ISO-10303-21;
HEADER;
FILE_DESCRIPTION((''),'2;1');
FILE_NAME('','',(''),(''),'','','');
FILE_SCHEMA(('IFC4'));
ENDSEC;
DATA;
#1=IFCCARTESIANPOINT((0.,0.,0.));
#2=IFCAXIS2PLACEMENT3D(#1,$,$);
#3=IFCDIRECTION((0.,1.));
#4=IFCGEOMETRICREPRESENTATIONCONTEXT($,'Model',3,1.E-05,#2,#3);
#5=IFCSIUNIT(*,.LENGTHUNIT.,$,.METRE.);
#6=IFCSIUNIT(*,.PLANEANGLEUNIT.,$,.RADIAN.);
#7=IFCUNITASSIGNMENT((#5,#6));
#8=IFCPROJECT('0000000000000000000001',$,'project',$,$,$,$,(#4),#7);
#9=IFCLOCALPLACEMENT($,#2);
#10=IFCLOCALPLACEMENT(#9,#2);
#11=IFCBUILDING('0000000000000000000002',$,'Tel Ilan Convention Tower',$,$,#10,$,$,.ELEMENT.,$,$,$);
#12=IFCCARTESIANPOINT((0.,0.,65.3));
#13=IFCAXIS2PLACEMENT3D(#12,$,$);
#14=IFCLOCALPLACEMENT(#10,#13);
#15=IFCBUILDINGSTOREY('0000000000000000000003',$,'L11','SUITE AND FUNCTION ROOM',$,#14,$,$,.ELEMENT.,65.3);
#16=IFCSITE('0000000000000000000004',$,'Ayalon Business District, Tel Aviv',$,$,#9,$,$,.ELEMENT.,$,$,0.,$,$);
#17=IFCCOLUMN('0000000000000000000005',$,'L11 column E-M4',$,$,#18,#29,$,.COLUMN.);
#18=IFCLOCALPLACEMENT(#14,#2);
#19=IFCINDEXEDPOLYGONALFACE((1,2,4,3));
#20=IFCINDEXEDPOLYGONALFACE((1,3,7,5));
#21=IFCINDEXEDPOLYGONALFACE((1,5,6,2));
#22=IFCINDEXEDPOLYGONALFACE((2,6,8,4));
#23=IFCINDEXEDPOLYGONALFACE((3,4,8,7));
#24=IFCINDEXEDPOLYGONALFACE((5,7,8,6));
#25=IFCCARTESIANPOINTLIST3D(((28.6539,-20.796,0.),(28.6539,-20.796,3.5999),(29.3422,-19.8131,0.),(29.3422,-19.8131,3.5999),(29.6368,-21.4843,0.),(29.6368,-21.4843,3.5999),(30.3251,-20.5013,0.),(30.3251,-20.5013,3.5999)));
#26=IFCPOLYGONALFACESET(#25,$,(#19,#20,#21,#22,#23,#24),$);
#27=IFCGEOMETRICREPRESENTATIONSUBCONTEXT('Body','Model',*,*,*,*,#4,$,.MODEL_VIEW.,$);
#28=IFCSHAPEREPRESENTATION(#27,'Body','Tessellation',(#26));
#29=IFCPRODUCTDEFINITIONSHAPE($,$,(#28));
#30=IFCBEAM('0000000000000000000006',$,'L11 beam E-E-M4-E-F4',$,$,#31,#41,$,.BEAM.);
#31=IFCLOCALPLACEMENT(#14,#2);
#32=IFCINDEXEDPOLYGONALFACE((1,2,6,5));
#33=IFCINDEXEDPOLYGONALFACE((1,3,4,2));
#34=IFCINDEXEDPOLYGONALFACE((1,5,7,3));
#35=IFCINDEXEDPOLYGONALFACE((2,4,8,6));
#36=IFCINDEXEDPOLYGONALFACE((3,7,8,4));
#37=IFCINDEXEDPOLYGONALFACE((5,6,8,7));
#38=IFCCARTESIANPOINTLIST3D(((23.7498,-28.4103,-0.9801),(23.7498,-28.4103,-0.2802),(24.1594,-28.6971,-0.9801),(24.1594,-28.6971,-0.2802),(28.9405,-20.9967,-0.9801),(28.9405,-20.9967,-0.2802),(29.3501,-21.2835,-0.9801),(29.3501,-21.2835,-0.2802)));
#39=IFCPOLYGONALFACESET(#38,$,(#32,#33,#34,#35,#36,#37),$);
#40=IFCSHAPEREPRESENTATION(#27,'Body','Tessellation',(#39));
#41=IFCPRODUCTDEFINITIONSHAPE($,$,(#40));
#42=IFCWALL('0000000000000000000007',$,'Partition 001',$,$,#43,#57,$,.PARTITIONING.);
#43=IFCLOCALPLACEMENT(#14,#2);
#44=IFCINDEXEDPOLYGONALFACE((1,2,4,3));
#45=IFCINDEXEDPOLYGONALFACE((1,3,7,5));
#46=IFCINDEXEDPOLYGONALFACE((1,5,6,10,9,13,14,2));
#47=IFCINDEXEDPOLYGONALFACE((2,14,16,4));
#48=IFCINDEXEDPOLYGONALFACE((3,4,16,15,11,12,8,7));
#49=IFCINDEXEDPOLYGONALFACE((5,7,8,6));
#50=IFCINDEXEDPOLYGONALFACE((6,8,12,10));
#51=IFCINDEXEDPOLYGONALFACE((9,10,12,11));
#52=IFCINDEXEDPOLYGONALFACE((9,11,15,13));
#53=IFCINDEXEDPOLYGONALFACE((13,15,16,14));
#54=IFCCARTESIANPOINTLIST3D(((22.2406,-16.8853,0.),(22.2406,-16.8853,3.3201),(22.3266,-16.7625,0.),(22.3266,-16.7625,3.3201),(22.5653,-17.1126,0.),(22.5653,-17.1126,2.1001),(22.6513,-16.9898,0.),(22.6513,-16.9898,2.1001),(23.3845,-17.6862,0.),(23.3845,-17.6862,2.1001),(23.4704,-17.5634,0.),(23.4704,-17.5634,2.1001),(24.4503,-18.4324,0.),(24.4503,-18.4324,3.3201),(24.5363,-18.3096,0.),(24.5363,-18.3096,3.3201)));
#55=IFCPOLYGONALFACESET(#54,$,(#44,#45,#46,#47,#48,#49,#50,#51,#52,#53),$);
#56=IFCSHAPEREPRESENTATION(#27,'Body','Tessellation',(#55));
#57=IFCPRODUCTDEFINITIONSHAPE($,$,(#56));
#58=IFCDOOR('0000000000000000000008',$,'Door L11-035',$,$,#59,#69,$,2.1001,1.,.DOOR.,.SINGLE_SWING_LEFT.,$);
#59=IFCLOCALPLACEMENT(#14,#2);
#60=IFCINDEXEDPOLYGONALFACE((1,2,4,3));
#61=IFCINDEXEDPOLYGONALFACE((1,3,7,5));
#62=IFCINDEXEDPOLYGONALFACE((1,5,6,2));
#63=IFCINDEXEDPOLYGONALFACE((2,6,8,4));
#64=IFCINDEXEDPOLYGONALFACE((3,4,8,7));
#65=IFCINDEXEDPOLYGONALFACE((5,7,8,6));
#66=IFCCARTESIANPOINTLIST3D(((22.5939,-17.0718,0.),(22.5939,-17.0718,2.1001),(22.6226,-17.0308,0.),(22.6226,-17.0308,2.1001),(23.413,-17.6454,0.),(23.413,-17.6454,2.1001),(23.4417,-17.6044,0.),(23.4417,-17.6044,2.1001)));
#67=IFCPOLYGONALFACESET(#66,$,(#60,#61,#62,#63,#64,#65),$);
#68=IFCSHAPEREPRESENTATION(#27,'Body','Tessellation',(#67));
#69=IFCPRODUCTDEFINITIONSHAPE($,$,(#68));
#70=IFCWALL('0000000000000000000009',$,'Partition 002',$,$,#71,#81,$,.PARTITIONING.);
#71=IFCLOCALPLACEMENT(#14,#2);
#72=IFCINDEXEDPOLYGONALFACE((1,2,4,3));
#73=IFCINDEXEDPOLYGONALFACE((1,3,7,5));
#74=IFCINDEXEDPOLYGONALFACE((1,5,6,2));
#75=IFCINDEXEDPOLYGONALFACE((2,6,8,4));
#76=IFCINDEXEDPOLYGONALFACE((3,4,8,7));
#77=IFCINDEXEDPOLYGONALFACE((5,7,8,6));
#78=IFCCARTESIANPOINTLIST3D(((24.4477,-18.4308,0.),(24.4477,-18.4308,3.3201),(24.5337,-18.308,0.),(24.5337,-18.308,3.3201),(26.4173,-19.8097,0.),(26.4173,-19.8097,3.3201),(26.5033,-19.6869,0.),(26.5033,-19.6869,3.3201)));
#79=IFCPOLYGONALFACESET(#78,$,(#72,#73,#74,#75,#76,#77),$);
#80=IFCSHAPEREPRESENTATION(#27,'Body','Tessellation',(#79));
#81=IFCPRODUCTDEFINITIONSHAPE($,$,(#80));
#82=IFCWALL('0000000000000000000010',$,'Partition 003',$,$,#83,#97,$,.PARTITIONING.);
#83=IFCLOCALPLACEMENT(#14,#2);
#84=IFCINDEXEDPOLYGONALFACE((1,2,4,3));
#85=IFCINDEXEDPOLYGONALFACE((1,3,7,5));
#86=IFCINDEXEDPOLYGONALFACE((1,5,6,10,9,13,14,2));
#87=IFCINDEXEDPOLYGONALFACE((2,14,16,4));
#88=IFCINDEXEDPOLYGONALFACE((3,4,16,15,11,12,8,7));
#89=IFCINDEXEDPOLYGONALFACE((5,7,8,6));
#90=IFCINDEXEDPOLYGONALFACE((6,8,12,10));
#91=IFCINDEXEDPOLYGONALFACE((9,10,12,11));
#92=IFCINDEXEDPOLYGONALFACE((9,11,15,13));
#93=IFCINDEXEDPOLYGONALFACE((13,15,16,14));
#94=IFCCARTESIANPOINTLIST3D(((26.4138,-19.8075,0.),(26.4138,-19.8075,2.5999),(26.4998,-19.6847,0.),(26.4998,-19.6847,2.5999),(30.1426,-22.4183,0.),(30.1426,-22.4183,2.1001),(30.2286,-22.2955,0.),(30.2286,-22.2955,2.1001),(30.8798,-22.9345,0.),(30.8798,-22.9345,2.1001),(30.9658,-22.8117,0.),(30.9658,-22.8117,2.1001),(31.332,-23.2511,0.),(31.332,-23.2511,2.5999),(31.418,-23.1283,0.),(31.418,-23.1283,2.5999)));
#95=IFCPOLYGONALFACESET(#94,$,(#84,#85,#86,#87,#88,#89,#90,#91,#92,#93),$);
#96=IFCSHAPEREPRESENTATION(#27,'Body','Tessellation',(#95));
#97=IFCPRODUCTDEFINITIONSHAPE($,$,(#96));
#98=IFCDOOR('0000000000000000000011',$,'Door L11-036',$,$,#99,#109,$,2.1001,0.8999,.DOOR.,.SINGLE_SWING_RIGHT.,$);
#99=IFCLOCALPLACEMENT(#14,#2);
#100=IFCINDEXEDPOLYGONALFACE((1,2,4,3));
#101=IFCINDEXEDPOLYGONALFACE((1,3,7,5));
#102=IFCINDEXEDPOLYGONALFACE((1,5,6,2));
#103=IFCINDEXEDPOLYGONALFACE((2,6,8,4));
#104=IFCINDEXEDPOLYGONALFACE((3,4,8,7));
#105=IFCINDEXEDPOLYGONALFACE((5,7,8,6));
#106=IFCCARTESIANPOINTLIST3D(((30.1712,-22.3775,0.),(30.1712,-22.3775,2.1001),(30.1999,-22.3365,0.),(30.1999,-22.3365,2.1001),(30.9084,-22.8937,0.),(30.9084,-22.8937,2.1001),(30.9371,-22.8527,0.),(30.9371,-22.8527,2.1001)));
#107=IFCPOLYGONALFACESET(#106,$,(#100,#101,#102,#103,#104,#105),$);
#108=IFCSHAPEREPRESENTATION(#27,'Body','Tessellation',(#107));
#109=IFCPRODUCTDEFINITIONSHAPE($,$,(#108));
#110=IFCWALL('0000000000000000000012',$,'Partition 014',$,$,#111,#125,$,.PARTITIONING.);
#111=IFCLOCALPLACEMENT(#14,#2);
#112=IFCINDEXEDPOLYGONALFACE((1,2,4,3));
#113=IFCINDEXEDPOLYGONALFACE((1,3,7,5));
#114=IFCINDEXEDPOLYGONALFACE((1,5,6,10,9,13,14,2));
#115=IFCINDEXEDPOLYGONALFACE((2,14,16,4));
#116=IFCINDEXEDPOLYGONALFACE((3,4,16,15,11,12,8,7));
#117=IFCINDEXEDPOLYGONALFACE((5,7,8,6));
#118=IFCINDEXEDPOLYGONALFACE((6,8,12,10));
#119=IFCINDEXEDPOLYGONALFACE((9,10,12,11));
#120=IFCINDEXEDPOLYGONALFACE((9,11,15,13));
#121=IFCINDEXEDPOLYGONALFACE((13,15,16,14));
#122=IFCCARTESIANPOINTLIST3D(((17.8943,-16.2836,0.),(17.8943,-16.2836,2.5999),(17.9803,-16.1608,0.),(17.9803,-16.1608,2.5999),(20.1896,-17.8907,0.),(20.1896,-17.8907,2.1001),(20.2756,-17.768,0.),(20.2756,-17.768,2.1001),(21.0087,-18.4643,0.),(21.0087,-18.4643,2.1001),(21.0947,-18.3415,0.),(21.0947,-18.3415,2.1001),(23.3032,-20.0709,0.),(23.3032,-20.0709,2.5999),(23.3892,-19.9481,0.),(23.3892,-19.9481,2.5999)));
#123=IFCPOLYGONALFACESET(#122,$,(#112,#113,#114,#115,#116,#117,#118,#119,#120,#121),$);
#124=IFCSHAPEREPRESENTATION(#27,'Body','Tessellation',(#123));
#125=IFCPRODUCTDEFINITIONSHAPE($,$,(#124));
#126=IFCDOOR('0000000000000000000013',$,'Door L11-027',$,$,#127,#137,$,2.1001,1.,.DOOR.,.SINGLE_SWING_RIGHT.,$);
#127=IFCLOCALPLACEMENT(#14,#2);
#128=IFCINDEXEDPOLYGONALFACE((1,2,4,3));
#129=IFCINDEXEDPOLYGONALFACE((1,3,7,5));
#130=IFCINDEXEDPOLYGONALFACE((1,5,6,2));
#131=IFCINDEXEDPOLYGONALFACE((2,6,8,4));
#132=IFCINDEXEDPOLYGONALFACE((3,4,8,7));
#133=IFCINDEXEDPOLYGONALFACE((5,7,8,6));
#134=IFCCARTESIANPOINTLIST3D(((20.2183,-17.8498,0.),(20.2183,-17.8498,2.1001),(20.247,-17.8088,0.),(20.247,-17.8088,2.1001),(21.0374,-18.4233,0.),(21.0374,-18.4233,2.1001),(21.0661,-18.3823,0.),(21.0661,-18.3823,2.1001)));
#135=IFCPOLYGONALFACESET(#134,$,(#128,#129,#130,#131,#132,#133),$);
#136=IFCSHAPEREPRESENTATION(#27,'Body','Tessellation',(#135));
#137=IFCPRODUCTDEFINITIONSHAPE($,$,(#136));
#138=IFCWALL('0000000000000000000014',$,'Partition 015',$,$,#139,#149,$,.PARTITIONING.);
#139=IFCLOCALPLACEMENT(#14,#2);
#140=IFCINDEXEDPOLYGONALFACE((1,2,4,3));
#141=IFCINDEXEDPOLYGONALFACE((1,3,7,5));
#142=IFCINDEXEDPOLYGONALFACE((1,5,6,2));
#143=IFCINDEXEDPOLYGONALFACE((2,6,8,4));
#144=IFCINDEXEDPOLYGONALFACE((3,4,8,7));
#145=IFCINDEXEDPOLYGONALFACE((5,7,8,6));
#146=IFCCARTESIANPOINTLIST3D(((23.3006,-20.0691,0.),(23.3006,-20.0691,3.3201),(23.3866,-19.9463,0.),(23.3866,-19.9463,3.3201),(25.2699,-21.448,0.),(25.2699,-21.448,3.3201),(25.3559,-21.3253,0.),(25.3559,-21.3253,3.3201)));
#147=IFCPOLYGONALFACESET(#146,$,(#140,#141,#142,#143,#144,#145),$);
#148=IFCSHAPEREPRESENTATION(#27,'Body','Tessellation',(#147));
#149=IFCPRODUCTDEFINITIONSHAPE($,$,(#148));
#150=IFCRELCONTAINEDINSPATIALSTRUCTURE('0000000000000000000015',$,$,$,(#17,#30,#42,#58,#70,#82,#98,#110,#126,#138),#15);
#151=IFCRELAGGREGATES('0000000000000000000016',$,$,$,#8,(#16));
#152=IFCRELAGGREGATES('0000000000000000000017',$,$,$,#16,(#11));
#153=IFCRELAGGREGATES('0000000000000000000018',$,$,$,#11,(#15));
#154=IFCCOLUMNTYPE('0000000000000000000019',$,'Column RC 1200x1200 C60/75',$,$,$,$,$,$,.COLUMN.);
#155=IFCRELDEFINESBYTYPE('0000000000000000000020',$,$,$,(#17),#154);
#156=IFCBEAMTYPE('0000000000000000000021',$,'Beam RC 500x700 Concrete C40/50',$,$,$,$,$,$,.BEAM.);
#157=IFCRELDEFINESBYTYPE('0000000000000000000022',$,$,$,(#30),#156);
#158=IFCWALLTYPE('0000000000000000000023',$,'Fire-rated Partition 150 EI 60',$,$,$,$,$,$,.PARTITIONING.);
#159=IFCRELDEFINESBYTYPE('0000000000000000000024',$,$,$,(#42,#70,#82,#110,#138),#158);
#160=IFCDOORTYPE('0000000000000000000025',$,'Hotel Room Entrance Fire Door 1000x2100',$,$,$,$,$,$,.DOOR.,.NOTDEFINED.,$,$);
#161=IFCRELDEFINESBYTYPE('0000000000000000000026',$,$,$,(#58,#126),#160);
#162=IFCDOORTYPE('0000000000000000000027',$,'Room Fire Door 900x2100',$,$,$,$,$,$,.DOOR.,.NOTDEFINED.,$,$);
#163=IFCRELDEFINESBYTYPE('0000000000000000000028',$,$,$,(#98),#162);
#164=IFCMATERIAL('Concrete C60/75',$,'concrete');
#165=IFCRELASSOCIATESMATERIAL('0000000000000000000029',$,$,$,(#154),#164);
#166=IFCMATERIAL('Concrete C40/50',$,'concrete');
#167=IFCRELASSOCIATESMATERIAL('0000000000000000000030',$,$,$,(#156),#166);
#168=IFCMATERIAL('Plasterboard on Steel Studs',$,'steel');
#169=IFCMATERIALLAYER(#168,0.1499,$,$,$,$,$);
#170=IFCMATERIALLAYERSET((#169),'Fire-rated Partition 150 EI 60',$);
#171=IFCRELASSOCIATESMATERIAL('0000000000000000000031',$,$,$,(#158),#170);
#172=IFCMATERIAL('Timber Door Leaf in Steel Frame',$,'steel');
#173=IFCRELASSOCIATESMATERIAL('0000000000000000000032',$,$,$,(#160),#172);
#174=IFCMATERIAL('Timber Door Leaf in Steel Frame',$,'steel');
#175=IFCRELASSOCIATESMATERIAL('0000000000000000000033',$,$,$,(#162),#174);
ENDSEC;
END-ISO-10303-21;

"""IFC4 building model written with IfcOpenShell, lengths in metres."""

from ifc_helpers import new_model, si_unit, direction, frame, frame_2d, origin, origin_2d, place, context, subcontext, project, spatial, rectangle, extrude, material, layer, layer_set, material_profile, profile_set, type_object, element, fill, save


model = new_model("IFC4")

# Units and contexts
model_context = context("Model", 3, precision=1e-05, world=origin(), true_north=direction((0.0, 1.0)))
body_context = subcontext(model_context, "Body", "Model", "MODEL_VIEW")
ifc_project = project(units=[si_unit("LENGTHUNIT", "METRE"), si_unit("PLANEANGLEUNIT", "RADIAN")], contexts=[model_context])

# Site, building, storey
site_placement = place(None, origin())
site = spatial("IfcSite", under=ifc_project, at=site_placement, Name="Ayalon Business District, Tel Aviv", CompositionType="ELEMENT", RefElevation=0.0)
building_placement = place(site_placement, origin())
building = spatial("IfcBuilding", under=site, at=building_placement, Name="Tel Ilan Convention Tower", CompositionType="ELEMENT")
storey_placement = place(building_placement, frame((0.0, 0.0, 65.3)))
storey = spatial("IfcBuildingStorey", under=building, at=storey_placement, Name="L11", Description="SUITE AND FUNCTION ROOM", CompositionType="ELEMENT", Elevation=65.3)

# Column
ifc_material_1 = material(Name="Concrete C60/75", Category="concrete")
ifc_material_profile_1 = material_profile(ifc_material_1, rectangle(XDim=1.2, YDim=1.2, at=origin_2d()), Name="RC 1200x1200")
ifc_profile_set_1 = profile_set([ifc_material_profile_1], Name="Concrete C60/75")
column_type = type_object("IfcColumnType", Name="Column RC 1200x1200 C60/75", PredefinedType="COLUMN", material=ifc_profile_set_1)
column_placement = place(storey_placement, frame((29.4895, -20.6487, 0.0), z_axis=(0.0, 0.0, 1.0), x_axis=(0.819152, -0.573576, 0.0)))
element("IfcColumn", 1, at=column_placement, inside=storey, type_object=column_type, Name="L11 column E-M4", PredefinedType="COLUMN", context=body_context, shape_type="SweptSolid", body=[
    extrude(rectangle(XDim=1.2, YDim=1.2, at=origin_2d()), origin(), (0.0, 0.0, 1.0), 3.5999),
])

# Beam
ifc_material_2 = material(Name="Concrete C40/50", Category="concrete")
ifc_material_profile_2 = material_profile(ifc_material_2, rectangle(XDim=0.5, YDim=0.7, at=origin_2d()), Name="RC 500x700")
ifc_profile_set_2 = profile_set([ifc_material_profile_2], Name="Concrete C40/50")
beam_type = type_object("IfcBeamType", Name="Beam RC 500x700 Concrete C40/50", PredefinedType="BEAM", material=ifc_profile_set_2)
beam_placement = place(storey_placement, frame((29.1453, -21.1401, -0.6301), z_axis=(-0.573549, -0.819171, 0.0), x_axis=(0.819171, -0.573549, 0.0)))
element("IfcBeam", 2, at=beam_placement, inside=storey, type_object=beam_type, Name="L11 beam E-E-M4-E-F4", PredefinedType="BEAM", context=body_context, shape_type="SweptSolid", body=[
    extrude(rectangle(XDim=0.5, YDim=0.7, at=origin_2d()), origin(), (0.0, 0.0, 1.0), 9.05),
])

# Wall, opening, door
ifc_material_3 = material(Name="Plasterboard on Steel Studs", Category="steel")
ifc_layer_1 = layer(ifc_material_3, 0.1499)
ifc_layer_set_1 = layer_set([ifc_layer_1], Name="Fire-rated Partition 150 EI 60")
wall_type_1 = type_object("IfcWallType", Name="Fire-rated Partition 150 EI 60", PredefinedType="PARTITIONING", material=ifc_layer_set_1)
wall_1_placement = place(storey_placement, frame((22.2837, -16.824, 0.0), z_axis=(0.0, 0.0, 1.0), x_axis=(0.819177, -0.573541, 0.0)))
wall_1 = element("IfcWall", 3, at=wall_1_placement, inside=storey, type_object=wall_type_1, Name="Partition 001", PredefinedType="PARTITIONING", context=body_context, shape_type="SweptSolid", body=[
    extrude(rectangle(XDim=2.6975, YDim=0.1499, at=frame_2d((1.3486, 0.0))), origin(), (0.0, 0.0, 1.0), 3.3201),
])
opening_1_placement = place(wall_1_placement, frame((0.3962, 0.0, 0.0)))
opening_1 = element("IfcOpeningElement", 4, at=opening_1_placement, cuts=wall_1, PredefinedType="OPENING", context=body_context, shape_type="SweptSolid", body=[
    extrude(rectangle(XDim=1.0, YDim=2.1001, at=frame_2d((0.5, 1.05))), frame((0.0, 0.085, 0.0), z_axis=(0.0, -1.0, 0.0), x_axis=(1.0, 0.0, 0.0)), (0.0, 0.0, 1.0), 0.1699),
])
ifc_material_4 = material(Name="Timber Door Leaf in Steel Frame", Category="steel")
door_type_1 = type_object("IfcDoorType", Name="Hotel Room Entrance Fire Door 1000x2100", OperationType="NOTDEFINED", PredefinedType="DOOR", material=ifc_material_4)
door_1_placement = place(opening_1_placement, origin())
door_1 = element("IfcDoor", 5, at=door_1_placement, inside=storey, type_object=door_type_1, Name="Door L11-035", OperationType="SINGLE_SWING_LEFT", OverallHeight=2.1001, OverallWidth=1.0, PredefinedType="DOOR", context=body_context, shape_type="SweptSolid", body=[
    extrude(rectangle(XDim=1.0, YDim=2.1001, at=frame_2d((0.5, 1.05))), frame((0.0, 0.0249, 0.0), z_axis=(0.0, -1.0, 0.0), x_axis=(1.0, 0.0, 0.0)), (0.0, 0.0, 1.0), 0.05),
])
fill(opening_1, door_1)

# Wall
wall_2_placement = place(storey_placement, frame((24.4907, -18.3694, 0.0), z_axis=(0.0, 0.0, 1.0), x_axis=(0.819179, -0.573537, 0.0)))
element("IfcWall", 6, at=wall_2_placement, inside=storey, type_object=wall_type_1, Name="Partition 002", PredefinedType="PARTITIONING", context=body_context, shape_type="SweptSolid", body=[
    extrude(rectangle(XDim=2.4043, YDim=0.1499, at=frame_2d((1.2021, 0.0))), origin(), (0.0, 0.0, 1.0), 3.3201),
])

# Walls, openings, doors
wall_3_placement = place(storey_placement, frame((26.4568, -19.7461, 0.0), z_axis=(0.0, 0.0, 1.0), x_axis=(0.819165, -0.573558, 0.0)))
wall_3 = element("IfcWall", 7, at=wall_3_placement, inside=storey, type_object=wall_type_1, Name="Partition 003", PredefinedType="PARTITIONING", context=body_context, shape_type="SweptSolid", body=[
    extrude(rectangle(XDim=6.0039, YDim=0.1499, at=frame_2d((3.002, 0.0))), origin(), (0.0, 0.0, 1.0), 2.5999),
])
opening_2_placement = place(wall_3_placement, frame((4.552, 0.0, 0.0)))
opening_2 = element("IfcOpeningElement", 8, at=opening_2_placement, cuts=wall_3, PredefinedType="OPENING", context=body_context, shape_type="SweptSolid", body=[
    extrude(rectangle(XDim=0.8999, YDim=2.1001, at=frame_2d((0.45, 1.05))), frame((0.0, 0.085, 0.0), z_axis=(0.0, -1.0, 0.0), x_axis=(1.0, 0.0, 0.0)), (0.0, 0.0, 1.0), 0.1699),
])
ifc_material_5 = material(Name="Timber Door Leaf in Steel Frame", Category="steel")
door_type_2 = type_object("IfcDoorType", Name="Room Fire Door 900x2100", OperationType="NOTDEFINED", PredefinedType="DOOR", material=ifc_material_5)
door_2_placement = place(opening_2_placement, origin())
door_2 = element("IfcDoor", 9, at=door_2_placement, inside=storey, type_object=door_type_2, Name="Door L11-036", OperationType="SINGLE_SWING_RIGHT", OverallHeight=2.1001, OverallWidth=0.8999, PredefinedType="DOOR", context=body_context, shape_type="SweptSolid", body=[
    extrude(rectangle(XDim=0.8999, YDim=2.1001, at=frame_2d((0.45, 1.05))), frame((0.0, 0.0249, 0.0), z_axis=(0.0, -1.0, 0.0), x_axis=(1.0, 0.0, 0.0)), (0.0, 0.0, 1.0), 0.05),
])
fill(opening_2, door_2)
wall_4_placement = place(storey_placement, frame((23.3462, -20.0095, 0.0), z_axis=(0.0, 0.0, 1.0), x_axis=(-0.819154, 0.573574, 0.0)))
wall_4 = element("IfcWall", 10, at=wall_4_placement, inside=storey, type_object=wall_type_1, Name="Partition 014", PredefinedType="PARTITIONING", context=body_context, shape_type="SweptSolid", body=[
    extrude(rectangle(XDim=6.603, YDim=0.1499, at=frame_2d((3.3015, 0.0))), origin(), (0.0, 0.0, 1.0), 2.5999),
])
opening_3_placement = place(wall_4_placement, frame((2.801, 0.0, 0.0)))
opening_3 = element("IfcOpeningElement", 11, at=opening_3_placement, cuts=wall_4, PredefinedType="OPENING", context=body_context, shape_type="SweptSolid", body=[
    extrude(rectangle(XDim=1.0, YDim=2.1001, at=frame_2d((0.5, 1.05))), frame((0.0, 0.085, 0.0), z_axis=(0.0, -1.0, 0.0), x_axis=(1.0, 0.0, 0.0)), (0.0, 0.0, 1.0), 0.1699),
])
door_3_placement = place(opening_3_placement, origin())
door_3 = element("IfcDoor", 12, at=door_3_placement, inside=storey, type_object=door_type_1, Name="Door L11-027", OperationType="SINGLE_SWING_RIGHT", OverallHeight=2.1001, OverallWidth=1.0, PredefinedType="DOOR", context=body_context, shape_type="SweptSolid", body=[
    extrude(rectangle(XDim=1.0, YDim=2.1001, at=frame_2d((0.5, 1.05))), frame((0.0, 0.0249, 0.0), z_axis=(0.0, -1.0, 0.0), x_axis=(1.0, 0.0, 0.0)), (0.0, 0.0, 1.0), 0.05),
])
fill(opening_3, door_3)

# Wall
wall_5_placement = place(storey_placement, frame((25.313, -21.3867, 0.0), z_axis=(0.0, 0.0, 1.0), x_axis=(-0.819146, 0.573585, 0.0)))
element("IfcWall", 13, at=wall_5_placement, inside=storey, type_object=wall_type_1, Name="Partition 015", PredefinedType="PARTITIONING", context=body_context, shape_type="SweptSolid", body=[
    extrude(rectangle(XDim=2.4041, YDim=0.1499, at=frame_2d((1.2021, 0.0))), origin(), (0.0, 0.0, 1.0), 3.3201),
])

save(model, "model.ifc")
